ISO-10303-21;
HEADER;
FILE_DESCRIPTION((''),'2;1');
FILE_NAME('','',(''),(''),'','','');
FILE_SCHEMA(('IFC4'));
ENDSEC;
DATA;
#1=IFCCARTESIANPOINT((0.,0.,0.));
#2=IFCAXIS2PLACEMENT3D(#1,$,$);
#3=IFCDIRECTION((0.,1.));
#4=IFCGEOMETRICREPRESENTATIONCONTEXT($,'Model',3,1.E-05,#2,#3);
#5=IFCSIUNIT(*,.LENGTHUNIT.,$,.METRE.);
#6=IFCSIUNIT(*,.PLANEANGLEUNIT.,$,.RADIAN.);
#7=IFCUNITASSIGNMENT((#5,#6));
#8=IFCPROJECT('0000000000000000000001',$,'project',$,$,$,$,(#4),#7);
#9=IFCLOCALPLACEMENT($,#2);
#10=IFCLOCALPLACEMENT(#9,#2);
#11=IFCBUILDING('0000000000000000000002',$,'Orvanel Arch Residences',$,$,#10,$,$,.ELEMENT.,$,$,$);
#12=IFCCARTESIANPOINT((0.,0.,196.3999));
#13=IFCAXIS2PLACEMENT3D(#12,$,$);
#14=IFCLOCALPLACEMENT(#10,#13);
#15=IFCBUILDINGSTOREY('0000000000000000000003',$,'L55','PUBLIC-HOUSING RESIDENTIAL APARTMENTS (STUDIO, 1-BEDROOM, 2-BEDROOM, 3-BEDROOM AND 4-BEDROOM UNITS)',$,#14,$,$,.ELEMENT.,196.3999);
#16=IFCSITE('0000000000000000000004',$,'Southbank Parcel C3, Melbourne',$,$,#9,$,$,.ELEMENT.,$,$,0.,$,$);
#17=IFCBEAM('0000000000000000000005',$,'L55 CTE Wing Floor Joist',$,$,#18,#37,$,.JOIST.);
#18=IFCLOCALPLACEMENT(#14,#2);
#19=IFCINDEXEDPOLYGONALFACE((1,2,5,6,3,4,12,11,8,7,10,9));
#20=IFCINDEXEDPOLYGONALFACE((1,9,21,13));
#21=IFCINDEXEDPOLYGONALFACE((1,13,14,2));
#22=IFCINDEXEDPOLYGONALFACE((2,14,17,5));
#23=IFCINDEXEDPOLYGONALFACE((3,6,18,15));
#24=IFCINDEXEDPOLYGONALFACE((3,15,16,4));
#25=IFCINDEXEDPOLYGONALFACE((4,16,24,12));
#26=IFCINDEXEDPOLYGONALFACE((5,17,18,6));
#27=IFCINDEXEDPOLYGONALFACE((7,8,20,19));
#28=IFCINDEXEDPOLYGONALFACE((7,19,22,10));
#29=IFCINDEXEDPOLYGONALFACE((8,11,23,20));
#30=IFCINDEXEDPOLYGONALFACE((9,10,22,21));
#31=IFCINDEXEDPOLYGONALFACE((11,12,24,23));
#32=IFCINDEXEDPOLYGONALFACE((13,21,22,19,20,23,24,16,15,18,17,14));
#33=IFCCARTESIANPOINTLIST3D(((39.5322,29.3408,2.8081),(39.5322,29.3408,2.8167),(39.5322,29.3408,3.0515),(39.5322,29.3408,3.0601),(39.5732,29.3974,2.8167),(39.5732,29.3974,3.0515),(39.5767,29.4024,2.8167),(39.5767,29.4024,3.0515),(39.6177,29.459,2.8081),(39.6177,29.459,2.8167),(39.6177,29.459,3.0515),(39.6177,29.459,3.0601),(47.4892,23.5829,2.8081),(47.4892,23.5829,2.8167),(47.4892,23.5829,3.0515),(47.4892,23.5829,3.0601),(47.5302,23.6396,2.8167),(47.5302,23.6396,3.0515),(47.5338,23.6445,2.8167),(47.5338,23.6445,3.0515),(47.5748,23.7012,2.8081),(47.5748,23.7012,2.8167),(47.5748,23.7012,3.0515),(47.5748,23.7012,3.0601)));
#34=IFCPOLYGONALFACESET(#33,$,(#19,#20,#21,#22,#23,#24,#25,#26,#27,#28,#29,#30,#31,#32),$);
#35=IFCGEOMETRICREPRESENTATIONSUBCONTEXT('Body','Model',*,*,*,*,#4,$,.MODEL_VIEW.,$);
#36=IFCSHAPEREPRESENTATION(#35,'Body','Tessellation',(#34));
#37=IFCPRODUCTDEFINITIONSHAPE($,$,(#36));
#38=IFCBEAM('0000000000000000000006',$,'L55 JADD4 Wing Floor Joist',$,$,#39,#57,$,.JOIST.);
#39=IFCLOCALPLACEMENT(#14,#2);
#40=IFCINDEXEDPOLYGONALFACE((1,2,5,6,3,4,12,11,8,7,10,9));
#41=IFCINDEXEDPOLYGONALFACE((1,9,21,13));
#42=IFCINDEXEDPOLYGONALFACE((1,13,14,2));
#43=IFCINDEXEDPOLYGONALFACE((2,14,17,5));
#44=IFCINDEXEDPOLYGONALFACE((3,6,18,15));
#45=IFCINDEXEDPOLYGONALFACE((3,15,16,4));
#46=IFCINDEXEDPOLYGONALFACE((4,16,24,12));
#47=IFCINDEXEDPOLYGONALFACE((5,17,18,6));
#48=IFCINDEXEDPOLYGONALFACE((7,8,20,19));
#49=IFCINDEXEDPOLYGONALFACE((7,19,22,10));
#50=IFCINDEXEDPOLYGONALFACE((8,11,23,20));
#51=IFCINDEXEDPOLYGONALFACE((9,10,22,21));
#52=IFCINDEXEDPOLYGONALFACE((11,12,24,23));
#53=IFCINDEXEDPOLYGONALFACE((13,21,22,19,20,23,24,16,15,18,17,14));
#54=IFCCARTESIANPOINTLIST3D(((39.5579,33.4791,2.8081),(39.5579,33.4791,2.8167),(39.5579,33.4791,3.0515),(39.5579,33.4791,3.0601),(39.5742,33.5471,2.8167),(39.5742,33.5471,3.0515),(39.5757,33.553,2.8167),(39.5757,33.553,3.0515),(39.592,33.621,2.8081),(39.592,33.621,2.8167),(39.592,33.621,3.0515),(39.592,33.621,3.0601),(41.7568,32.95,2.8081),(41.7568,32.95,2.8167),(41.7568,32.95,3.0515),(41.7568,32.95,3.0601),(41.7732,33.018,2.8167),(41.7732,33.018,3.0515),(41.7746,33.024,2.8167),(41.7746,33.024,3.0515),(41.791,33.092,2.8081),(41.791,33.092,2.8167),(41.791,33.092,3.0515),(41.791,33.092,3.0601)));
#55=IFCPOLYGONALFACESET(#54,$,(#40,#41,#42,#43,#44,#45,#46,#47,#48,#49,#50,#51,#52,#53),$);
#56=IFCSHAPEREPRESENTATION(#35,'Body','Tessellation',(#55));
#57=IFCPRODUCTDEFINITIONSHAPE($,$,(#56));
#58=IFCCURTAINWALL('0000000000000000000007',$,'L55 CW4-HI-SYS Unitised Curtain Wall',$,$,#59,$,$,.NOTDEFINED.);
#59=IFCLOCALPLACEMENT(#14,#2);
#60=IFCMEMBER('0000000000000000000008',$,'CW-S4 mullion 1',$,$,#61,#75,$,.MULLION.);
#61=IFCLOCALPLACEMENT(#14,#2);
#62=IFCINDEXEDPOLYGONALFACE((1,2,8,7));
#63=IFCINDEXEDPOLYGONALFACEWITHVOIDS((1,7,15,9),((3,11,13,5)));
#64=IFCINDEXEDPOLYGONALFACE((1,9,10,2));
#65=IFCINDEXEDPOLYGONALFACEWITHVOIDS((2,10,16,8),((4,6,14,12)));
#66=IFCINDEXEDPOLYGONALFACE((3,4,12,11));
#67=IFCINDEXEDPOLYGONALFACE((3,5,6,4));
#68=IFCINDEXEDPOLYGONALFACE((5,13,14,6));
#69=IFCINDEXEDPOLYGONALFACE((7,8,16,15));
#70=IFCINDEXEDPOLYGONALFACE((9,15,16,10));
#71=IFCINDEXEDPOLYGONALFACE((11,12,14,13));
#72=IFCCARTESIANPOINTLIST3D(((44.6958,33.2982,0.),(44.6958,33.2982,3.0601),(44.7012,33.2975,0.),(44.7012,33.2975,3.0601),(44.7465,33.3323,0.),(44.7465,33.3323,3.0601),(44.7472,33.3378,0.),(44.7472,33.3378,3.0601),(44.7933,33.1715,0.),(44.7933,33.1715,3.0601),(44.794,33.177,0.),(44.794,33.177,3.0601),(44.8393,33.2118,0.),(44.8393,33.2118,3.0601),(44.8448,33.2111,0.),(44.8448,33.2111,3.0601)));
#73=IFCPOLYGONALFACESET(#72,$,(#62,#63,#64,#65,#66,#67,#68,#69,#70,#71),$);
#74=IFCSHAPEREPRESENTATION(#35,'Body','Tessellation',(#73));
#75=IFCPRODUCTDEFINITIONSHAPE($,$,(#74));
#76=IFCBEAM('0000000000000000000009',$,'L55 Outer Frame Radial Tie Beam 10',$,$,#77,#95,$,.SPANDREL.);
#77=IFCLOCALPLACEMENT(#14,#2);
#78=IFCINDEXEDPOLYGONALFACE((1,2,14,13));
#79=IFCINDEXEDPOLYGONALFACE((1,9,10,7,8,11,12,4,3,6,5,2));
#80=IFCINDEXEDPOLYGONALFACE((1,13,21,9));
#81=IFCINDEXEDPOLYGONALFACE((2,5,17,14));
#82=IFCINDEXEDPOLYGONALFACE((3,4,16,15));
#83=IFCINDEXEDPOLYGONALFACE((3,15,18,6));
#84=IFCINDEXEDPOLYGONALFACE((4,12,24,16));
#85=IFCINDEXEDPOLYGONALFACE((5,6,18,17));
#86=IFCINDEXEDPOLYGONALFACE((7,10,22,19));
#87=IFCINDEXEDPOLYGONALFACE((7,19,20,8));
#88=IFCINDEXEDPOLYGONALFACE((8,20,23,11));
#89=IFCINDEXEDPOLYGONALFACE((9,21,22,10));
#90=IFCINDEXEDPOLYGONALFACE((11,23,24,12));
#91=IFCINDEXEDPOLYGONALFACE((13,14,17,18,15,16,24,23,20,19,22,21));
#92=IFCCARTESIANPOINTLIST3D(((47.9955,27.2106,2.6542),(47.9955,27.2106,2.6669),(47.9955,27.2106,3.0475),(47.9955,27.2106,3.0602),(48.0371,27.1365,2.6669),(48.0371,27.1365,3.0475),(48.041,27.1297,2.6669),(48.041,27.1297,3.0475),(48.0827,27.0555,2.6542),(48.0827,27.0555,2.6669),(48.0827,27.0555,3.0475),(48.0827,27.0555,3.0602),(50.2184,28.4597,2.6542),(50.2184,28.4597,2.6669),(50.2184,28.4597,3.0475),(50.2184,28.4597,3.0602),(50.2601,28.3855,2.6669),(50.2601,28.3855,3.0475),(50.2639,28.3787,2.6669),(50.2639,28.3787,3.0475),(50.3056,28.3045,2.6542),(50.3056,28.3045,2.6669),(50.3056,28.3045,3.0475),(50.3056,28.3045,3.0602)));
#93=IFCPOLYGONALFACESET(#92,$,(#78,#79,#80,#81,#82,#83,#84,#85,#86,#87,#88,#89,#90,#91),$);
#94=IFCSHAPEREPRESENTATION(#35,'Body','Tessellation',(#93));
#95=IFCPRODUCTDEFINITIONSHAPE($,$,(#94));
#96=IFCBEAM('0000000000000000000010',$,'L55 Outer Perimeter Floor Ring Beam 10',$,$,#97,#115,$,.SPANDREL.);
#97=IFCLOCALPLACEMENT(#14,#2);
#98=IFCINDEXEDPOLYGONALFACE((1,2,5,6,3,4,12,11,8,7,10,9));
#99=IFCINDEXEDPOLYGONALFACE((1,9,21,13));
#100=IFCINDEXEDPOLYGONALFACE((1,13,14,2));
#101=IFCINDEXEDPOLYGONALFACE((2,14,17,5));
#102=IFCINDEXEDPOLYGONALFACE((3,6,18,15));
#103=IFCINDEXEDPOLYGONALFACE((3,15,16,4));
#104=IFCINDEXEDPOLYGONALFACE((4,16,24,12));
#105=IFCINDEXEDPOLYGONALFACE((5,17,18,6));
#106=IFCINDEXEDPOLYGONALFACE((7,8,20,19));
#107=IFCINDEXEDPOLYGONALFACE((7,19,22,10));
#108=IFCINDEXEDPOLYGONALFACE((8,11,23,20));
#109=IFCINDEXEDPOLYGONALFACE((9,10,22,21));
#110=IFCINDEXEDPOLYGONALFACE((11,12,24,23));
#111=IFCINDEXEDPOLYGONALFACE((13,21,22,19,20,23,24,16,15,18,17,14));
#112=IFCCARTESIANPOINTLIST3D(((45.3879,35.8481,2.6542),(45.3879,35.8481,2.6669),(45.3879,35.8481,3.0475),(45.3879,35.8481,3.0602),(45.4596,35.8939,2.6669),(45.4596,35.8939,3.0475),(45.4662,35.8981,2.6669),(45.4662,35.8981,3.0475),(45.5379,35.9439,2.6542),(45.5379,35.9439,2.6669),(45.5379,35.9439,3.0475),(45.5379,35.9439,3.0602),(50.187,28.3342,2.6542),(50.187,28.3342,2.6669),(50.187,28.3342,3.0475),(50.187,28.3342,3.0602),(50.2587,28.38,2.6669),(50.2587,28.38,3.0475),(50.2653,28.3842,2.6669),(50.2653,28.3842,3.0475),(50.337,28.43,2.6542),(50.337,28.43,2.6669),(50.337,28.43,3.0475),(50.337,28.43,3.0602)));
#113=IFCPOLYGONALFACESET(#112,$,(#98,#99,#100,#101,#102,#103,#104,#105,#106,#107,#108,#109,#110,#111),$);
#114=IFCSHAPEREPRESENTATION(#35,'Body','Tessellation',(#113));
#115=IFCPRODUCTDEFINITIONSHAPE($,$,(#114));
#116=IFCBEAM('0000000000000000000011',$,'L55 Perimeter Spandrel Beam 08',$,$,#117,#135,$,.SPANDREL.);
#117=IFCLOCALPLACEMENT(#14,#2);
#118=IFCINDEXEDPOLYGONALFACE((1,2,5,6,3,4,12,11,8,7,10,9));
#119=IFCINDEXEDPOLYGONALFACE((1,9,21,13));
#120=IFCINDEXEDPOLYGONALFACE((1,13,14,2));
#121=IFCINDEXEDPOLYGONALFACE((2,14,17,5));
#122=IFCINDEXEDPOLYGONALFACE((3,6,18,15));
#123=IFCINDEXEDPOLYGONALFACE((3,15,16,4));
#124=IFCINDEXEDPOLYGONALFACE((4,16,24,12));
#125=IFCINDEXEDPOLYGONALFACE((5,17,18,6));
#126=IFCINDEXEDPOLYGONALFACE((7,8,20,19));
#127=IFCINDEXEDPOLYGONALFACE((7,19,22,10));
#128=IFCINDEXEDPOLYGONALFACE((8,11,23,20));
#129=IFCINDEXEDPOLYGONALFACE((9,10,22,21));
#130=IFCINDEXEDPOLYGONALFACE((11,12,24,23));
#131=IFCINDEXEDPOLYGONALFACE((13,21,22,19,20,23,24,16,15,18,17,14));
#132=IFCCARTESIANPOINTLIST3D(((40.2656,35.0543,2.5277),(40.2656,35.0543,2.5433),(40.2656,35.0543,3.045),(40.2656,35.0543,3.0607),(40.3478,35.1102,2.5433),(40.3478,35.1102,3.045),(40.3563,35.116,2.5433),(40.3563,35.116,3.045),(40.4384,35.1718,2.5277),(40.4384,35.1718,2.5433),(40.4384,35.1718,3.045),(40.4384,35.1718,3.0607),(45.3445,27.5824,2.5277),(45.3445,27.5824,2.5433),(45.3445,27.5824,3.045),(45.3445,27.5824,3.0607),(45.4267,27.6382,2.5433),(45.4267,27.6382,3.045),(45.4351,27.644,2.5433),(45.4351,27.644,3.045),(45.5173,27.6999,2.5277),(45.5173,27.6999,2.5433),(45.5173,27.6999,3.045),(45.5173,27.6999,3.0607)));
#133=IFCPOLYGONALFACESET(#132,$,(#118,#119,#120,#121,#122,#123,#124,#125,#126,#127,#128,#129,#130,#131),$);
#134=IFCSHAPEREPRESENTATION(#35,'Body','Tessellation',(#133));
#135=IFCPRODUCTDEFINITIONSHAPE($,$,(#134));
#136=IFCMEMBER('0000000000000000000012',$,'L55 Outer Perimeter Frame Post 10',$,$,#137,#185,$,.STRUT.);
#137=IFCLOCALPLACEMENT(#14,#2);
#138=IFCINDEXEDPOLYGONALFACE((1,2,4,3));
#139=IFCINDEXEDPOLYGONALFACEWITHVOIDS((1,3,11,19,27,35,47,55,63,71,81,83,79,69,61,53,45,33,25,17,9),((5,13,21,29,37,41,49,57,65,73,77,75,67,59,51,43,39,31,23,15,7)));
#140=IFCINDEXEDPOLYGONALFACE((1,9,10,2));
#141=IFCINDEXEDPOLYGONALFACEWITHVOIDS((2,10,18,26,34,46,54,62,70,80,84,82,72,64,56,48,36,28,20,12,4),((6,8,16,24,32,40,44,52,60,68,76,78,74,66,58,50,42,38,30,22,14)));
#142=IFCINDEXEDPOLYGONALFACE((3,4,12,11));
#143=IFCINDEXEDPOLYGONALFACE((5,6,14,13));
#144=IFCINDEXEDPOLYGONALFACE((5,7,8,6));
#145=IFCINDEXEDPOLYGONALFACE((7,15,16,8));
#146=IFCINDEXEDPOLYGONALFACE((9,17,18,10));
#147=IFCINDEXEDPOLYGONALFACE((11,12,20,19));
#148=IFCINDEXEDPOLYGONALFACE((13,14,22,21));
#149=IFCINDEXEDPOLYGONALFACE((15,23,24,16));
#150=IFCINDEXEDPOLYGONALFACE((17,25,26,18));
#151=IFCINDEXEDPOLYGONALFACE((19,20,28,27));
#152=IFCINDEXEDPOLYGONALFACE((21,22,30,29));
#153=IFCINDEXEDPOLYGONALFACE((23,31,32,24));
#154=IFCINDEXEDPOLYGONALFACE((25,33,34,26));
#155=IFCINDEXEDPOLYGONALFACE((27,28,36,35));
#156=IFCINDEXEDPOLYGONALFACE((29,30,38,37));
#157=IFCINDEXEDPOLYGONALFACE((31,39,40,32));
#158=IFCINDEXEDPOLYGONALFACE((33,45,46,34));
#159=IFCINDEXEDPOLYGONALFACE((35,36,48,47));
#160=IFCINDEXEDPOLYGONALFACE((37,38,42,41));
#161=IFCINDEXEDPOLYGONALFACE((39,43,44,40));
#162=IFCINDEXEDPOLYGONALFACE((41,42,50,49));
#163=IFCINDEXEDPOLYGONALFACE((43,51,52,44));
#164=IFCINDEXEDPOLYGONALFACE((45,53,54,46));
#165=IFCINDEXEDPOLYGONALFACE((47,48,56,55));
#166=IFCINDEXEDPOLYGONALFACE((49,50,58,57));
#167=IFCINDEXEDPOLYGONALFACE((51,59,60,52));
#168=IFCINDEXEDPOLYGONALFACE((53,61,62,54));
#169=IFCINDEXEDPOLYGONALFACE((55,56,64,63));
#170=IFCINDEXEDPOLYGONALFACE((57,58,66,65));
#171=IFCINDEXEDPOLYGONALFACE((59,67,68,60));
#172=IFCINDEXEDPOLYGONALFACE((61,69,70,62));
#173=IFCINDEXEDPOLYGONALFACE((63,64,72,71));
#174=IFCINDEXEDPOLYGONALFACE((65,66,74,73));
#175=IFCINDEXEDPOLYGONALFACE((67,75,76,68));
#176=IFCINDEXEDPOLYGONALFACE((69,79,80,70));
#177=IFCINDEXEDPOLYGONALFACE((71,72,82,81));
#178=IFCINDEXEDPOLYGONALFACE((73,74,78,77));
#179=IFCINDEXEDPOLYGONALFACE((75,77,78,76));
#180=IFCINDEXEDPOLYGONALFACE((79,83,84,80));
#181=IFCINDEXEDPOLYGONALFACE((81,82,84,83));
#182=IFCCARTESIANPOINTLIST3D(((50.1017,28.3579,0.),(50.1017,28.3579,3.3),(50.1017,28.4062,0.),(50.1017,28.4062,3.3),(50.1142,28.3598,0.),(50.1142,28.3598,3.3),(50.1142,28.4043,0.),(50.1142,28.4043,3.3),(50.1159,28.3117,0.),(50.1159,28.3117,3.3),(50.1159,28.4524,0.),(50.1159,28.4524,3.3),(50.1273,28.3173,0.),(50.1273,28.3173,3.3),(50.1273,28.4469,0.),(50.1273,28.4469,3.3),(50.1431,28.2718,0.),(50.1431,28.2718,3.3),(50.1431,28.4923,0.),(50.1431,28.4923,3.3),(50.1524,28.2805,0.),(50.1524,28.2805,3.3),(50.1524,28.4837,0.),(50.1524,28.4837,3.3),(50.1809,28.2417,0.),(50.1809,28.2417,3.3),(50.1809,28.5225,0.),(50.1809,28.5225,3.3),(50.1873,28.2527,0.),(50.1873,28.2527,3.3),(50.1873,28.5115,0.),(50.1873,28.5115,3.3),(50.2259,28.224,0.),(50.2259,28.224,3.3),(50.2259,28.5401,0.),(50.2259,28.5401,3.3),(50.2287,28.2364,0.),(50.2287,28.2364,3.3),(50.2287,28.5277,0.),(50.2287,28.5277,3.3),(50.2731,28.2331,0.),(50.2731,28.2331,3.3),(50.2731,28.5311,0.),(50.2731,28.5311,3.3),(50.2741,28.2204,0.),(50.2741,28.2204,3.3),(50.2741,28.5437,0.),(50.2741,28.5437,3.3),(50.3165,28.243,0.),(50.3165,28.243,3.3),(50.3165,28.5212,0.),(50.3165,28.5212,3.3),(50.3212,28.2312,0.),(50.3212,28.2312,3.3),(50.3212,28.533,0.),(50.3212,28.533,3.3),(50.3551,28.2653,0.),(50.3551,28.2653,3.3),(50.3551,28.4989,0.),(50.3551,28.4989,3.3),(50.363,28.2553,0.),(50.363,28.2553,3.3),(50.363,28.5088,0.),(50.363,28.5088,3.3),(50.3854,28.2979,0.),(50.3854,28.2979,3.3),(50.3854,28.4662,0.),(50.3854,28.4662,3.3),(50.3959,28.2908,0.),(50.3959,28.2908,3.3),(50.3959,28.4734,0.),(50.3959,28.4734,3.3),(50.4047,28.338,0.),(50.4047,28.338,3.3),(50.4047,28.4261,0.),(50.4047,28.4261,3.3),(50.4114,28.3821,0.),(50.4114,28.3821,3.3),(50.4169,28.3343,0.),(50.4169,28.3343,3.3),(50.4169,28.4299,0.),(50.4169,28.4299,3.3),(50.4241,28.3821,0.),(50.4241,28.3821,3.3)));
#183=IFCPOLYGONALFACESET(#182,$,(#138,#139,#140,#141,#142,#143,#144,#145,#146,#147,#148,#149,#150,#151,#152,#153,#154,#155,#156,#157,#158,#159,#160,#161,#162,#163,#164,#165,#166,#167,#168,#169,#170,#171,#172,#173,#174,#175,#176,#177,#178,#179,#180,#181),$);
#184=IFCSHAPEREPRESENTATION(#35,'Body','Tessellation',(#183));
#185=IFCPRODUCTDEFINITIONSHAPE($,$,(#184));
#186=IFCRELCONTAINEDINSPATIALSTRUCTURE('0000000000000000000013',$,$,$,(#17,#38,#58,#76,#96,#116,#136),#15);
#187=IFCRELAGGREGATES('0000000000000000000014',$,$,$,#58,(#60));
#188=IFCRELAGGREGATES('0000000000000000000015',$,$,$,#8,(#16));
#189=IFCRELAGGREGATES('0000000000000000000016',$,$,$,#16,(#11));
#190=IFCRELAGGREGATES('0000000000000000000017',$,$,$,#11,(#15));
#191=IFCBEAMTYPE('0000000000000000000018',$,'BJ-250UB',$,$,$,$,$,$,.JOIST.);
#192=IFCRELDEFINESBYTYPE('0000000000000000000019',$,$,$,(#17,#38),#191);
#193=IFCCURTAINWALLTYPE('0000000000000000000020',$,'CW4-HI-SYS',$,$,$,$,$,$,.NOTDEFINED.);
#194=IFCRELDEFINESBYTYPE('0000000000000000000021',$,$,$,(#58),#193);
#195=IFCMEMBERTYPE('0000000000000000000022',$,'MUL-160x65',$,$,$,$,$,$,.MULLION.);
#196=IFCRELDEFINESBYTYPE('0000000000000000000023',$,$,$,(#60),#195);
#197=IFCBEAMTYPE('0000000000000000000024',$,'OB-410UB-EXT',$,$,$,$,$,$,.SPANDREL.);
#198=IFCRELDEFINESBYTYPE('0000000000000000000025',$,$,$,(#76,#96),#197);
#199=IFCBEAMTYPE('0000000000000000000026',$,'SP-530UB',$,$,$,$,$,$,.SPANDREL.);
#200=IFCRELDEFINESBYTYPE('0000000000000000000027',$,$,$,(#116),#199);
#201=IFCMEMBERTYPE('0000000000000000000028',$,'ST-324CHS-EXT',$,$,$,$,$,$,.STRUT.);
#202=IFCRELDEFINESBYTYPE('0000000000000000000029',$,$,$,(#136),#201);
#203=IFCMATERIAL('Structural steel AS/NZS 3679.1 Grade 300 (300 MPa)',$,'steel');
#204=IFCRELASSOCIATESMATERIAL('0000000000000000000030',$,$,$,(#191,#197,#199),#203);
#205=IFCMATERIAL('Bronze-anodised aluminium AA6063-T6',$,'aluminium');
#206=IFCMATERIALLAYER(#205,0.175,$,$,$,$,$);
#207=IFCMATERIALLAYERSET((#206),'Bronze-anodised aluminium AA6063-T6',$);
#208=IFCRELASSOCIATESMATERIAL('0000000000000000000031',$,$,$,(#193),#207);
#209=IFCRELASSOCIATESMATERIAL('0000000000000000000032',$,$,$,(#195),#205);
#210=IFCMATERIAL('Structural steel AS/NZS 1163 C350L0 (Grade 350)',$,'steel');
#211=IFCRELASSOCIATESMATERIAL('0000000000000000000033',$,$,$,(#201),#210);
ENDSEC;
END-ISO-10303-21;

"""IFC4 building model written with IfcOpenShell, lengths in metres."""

from ifc_helpers import new_model, si_unit, direction, frame, origin, origin_2d, place, context, subcontext, project, spatial, hollow_rectangle, hollow_circle, i_section, extrude, material, layer, layer_set, material_profile, profile_set, type_object, element, aggregate, save


model = new_model("IFC4")

# Units and contexts
model_context = context("Model", 3, precision=1e-05, world=origin(), true_north=direction((0.0, 1.0)))
body_context = subcontext(model_context, "Body", "Model", "MODEL_VIEW")
ifc_project = project(units=[si_unit("LENGTHUNIT", "METRE"), si_unit("PLANEANGLEUNIT", "RADIAN")], contexts=[model_context])

# Site, building, storey
site_placement = place(None, origin())
site = spatial("IfcSite", under=ifc_project, at=site_placement, Name="Southbank Parcel C3, Melbourne", CompositionType="ELEMENT", RefElevation=0.0)
building_placement = place(site_placement, origin())
building = spatial("IfcBuilding", under=site, at=building_placement, Name="Orvanel Arch Residences", CompositionType="ELEMENT")
storey_placement = place(building_placement, frame((0.0, 0.0, 196.3999)))
storey = spatial("IfcBuildingStorey", under=building, at=storey_placement, Name="L55", Description="PUBLIC-HOUSING RESIDENTIAL APARTMENTS (STUDIO, 1-BEDROOM, 2-BEDROOM, 3-BEDROOM AND 4-BEDROOM UNITS)", CompositionType="ELEMENT", Elevation=196.3999)

# Shared definitions
ifc_material_1 = material(Name="Structural steel AS/NZS 1163 C350L0 (Grade 350)", Category="steel")

# Beams
ifc_material_2 = material(Name="Structural steel AS/NZS 3679.1 Grade 300 (300 MPa)", Category="steel")
ifc_material_profile_1 = material_profile(ifc_material_2, i_section(OverallWidth=0.146, OverallDepth=0.252, WebThickness=0.0061, FlangeThickness=0.0085, at=origin_2d()), Name="250UB31.4")
ifc_profile_set_1 = profile_set([ifc_material_profile_1], Name="Structural steel AS/NZS 3679.1 Grade 300 (300 MPa)")
beam_type_1 = type_object("IfcBeamType", Name="BJ-250UB", PredefinedType="JOIST", material=ifc_profile_set_1)
beam_1_placement = place(storey_placement, frame((39.575, 29.3999, 2.9341), z_axis=(0.810144, -0.586231, 0.0), x_axis=(0.586231, 0.810144, 0.0)))
element("IfcBeam", 1, at=beam_1_placement, inside=storey, type_object=beam_type_1, Name="L55 CTE Wing Floor Joist", PredefinedType="JOIST", context=body_context, shape_type="SweptSolid", body=[
    extrude(i_section(OverallWidth=0.146, OverallDepth=0.252, WebThickness=0.0061, FlangeThickness=0.0085, at=origin_2d()), origin(), (0.0, 0.0, 1.0), 9.8218),
])
beam_2_placement = place(storey_placement, frame((39.575, 33.55, 2.9341), z_axis=(0.972257, -0.233916, 0.0), x_axis=(0.233916, 0.972257, 0.0)))
element("IfcBeam", 2, at=beam_2_placement, inside=storey, type_object=beam_type_1, Name="L55 JADD4 Wing Floor Joist", PredefinedType="JOIST", context=body_context, shape_type="SweptSolid", body=[
    extrude(i_section(OverallWidth=0.146, OverallDepth=0.252, WebThickness=0.0061, FlangeThickness=0.0085, at=origin_2d()), origin(), (0.0, 0.0, 1.0), 2.2617),
])

# Curtain wall, member
ifc_material_3 = material(Name="Bronze-anodised aluminium AA6063-T6", Category="aluminium")
ifc_layer_1 = layer(ifc_material_3, 0.175)
ifc_layer_set_1 = layer_set([ifc_layer_1], Name="Bronze-anodised aluminium AA6063-T6")
curtain_wall_type = type_object("IfcCurtainWallType", Name="CW4-HI-SYS", PredefinedType="NOTDEFINED", material=ifc_layer_set_1)
curtain_wall_placement = place(storey_placement, origin())
curtain_wall = element("IfcCurtainWall", 3, at=curtain_wall_placement, inside=storey, type_object=curtain_wall_type, Name="L55 CW4-HI-SYS Unitised Curtain Wall", PredefinedType="NOTDEFINED")
ifc_material_profile_2 = material_profile(ifc_material_3, hollow_rectangle(XDim=0.0649, YDim=0.1599, WallThickness=0.0039, at=origin_2d()), Name="ALU160x65x4")
ifc_profile_set_2 = profile_set([ifc_material_profile_2], Name="Bronze-anodised aluminium AA6063-T6")
member_type_1 = type_object("IfcMemberType", Name="MUL-160x65", PredefinedType="MULLION", material=ifc_profile_set_2)
member_1_placement = place(storey_placement, frame((44.7703, 33.2546, 0.0), z_axis=(0.0, 0.0, 1.0), x_axis=(-0.792298, -0.610134, 0.0)))
member_1 = element("IfcMember", 4, at=member_1_placement, type_object=member_type_1, Name="CW-S4 mullion 1", PredefinedType="MULLION", context=body_context, shape_type="SweptSolid", body=[
    extrude(hollow_rectangle(XDim=0.0649, YDim=0.1599, WallThickness=0.0039, at=origin_2d()), origin(), (0.0, 0.0, 1.0), 3.0601),
])

# Beams
ifc_material_profile_3 = material_profile(ifc_material_2, i_section(OverallWidth=0.178, OverallDepth=0.406, WebThickness=0.0078, FlangeThickness=0.0127, at=origin_2d()), Name="410UB59.7")
ifc_profile_set_3 = profile_set([ifc_material_profile_3], Name="Structural steel AS/NZS 3679.1 Grade 300 (300 MPa)")
beam_type_2 = type_object("IfcBeamType", Name="OB-410UB-EXT", PredefinedType="SPANDREL", material=ifc_profile_set_3)
beam_3_placement = place(storey_placement, frame((48.0391, 27.1331, 2.8572), z_axis=(0.871803, 0.489857, 0.0), x_axis=(-0.489857, 0.871803, 0.0)))
element("IfcBeam", 5, at=beam_3_placement, inside=storey, type_object=beam_type_2, Name="L55 Outer Frame Radial Tie Beam 10", PredefinedType="SPANDREL", context=body_context, shape_type="SweptSolid", body=[
    extrude(i_section(OverallWidth=0.178, OverallDepth=0.406, WebThickness=0.0078, FlangeThickness=0.0127, at=origin_2d()), origin(), (0.0, 0.0, 1.0), 2.5498),
])
beam_4_placement = place(storey_placement, frame((50.262, 28.3821, 2.8572), z_axis=(-0.538271, 0.842772, 0.0), x_axis=(-0.842772, -0.538271, 0.0)))
element("IfcBeam", 6, at=beam_4_placement, inside=storey, type_object=beam_type_2, Name="L55 Outer Perimeter Floor Ring Beam 10", PredefinedType="SPANDREL", context=body_context, shape_type="SweptSolid", body=[
    extrude(i_section(OverallWidth=0.178, OverallDepth=0.406, WebThickness=0.0078, FlangeThickness=0.0127, at=origin_2d()), origin(), (0.0, 0.0, 1.0), 8.9158),
])
ifc_material_profile_4 = material_profile(ifc_material_2, i_section(OverallWidth=0.209, OverallDepth=0.533, WebThickness=0.0103, FlangeThickness=0.0156, at=origin_2d()), Name="530UB92.4")
ifc_profile_set_4 = profile_set([ifc_material_profile_4], Name="Structural steel AS/NZS 3679.1 Grade 300 (300 MPa)")
beam_type_3 = type_object("IfcBeamType", Name="SP-530UB", PredefinedType="SPANDREL", material=ifc_profile_set_4)
beam_5_placement = place(storey_placement, frame((45.4309, 27.6411, 2.7942), z_axis=(-0.562155, 0.827032, 0.0), x_axis=(-0.827032, -0.562155, 0.0)))
element("IfcBeam", 7, at=beam_5_placement, inside=storey, type_object=beam_type_3, Name="L55 Perimeter Spandrel Beam 08", PredefinedType="SPANDREL", context=body_context, shape_type="SweptSolid", body=[
    extrude(i_section(OverallWidth=0.209, OverallDepth=0.533, WebThickness=0.0103, FlangeThickness=0.0156, at=origin_2d()), origin(), (0.0, 0.0, 1.0), 9.0347),
])

# Member
ifc_material_profile_5 = material_profile(ifc_material_1, hollow_circle(Radius=0.1621, WallThickness=0.0127, at=origin_2d()), Name="CHS324x12.7")
ifc_profile_set_5 = profile_set([ifc_material_profile_5], Name="Structural steel AS/NZS 1163 C350L0 (Grade 350)")
member_type_2 = type_object("IfcMemberType", Name="ST-324CHS-EXT", PredefinedType="STRUT", material=ifc_profile_set_5)
member_2_placement = place(storey_placement, frame((50.262, 28.3821, 0.0), z_axis=(0.0, 0.0, 1.0), x_axis=(1.0, 0.0, 0.0)))
element("IfcMember", 8, at=member_2_placement, inside=storey, type_object=member_type_2, Name="L55 Outer Perimeter Frame Post 10", PredefinedType="STRUT", context=body_context, shape_type="SweptSolid", body=[
    extrude(hollow_circle(Radius=0.1621, WallThickness=0.0127, at=origin_2d()), origin(), (0.0, 0.0, 1.0), 3.3),
])
aggregate(curtain_wall, [member_1])

save(model, "model.ifc")
